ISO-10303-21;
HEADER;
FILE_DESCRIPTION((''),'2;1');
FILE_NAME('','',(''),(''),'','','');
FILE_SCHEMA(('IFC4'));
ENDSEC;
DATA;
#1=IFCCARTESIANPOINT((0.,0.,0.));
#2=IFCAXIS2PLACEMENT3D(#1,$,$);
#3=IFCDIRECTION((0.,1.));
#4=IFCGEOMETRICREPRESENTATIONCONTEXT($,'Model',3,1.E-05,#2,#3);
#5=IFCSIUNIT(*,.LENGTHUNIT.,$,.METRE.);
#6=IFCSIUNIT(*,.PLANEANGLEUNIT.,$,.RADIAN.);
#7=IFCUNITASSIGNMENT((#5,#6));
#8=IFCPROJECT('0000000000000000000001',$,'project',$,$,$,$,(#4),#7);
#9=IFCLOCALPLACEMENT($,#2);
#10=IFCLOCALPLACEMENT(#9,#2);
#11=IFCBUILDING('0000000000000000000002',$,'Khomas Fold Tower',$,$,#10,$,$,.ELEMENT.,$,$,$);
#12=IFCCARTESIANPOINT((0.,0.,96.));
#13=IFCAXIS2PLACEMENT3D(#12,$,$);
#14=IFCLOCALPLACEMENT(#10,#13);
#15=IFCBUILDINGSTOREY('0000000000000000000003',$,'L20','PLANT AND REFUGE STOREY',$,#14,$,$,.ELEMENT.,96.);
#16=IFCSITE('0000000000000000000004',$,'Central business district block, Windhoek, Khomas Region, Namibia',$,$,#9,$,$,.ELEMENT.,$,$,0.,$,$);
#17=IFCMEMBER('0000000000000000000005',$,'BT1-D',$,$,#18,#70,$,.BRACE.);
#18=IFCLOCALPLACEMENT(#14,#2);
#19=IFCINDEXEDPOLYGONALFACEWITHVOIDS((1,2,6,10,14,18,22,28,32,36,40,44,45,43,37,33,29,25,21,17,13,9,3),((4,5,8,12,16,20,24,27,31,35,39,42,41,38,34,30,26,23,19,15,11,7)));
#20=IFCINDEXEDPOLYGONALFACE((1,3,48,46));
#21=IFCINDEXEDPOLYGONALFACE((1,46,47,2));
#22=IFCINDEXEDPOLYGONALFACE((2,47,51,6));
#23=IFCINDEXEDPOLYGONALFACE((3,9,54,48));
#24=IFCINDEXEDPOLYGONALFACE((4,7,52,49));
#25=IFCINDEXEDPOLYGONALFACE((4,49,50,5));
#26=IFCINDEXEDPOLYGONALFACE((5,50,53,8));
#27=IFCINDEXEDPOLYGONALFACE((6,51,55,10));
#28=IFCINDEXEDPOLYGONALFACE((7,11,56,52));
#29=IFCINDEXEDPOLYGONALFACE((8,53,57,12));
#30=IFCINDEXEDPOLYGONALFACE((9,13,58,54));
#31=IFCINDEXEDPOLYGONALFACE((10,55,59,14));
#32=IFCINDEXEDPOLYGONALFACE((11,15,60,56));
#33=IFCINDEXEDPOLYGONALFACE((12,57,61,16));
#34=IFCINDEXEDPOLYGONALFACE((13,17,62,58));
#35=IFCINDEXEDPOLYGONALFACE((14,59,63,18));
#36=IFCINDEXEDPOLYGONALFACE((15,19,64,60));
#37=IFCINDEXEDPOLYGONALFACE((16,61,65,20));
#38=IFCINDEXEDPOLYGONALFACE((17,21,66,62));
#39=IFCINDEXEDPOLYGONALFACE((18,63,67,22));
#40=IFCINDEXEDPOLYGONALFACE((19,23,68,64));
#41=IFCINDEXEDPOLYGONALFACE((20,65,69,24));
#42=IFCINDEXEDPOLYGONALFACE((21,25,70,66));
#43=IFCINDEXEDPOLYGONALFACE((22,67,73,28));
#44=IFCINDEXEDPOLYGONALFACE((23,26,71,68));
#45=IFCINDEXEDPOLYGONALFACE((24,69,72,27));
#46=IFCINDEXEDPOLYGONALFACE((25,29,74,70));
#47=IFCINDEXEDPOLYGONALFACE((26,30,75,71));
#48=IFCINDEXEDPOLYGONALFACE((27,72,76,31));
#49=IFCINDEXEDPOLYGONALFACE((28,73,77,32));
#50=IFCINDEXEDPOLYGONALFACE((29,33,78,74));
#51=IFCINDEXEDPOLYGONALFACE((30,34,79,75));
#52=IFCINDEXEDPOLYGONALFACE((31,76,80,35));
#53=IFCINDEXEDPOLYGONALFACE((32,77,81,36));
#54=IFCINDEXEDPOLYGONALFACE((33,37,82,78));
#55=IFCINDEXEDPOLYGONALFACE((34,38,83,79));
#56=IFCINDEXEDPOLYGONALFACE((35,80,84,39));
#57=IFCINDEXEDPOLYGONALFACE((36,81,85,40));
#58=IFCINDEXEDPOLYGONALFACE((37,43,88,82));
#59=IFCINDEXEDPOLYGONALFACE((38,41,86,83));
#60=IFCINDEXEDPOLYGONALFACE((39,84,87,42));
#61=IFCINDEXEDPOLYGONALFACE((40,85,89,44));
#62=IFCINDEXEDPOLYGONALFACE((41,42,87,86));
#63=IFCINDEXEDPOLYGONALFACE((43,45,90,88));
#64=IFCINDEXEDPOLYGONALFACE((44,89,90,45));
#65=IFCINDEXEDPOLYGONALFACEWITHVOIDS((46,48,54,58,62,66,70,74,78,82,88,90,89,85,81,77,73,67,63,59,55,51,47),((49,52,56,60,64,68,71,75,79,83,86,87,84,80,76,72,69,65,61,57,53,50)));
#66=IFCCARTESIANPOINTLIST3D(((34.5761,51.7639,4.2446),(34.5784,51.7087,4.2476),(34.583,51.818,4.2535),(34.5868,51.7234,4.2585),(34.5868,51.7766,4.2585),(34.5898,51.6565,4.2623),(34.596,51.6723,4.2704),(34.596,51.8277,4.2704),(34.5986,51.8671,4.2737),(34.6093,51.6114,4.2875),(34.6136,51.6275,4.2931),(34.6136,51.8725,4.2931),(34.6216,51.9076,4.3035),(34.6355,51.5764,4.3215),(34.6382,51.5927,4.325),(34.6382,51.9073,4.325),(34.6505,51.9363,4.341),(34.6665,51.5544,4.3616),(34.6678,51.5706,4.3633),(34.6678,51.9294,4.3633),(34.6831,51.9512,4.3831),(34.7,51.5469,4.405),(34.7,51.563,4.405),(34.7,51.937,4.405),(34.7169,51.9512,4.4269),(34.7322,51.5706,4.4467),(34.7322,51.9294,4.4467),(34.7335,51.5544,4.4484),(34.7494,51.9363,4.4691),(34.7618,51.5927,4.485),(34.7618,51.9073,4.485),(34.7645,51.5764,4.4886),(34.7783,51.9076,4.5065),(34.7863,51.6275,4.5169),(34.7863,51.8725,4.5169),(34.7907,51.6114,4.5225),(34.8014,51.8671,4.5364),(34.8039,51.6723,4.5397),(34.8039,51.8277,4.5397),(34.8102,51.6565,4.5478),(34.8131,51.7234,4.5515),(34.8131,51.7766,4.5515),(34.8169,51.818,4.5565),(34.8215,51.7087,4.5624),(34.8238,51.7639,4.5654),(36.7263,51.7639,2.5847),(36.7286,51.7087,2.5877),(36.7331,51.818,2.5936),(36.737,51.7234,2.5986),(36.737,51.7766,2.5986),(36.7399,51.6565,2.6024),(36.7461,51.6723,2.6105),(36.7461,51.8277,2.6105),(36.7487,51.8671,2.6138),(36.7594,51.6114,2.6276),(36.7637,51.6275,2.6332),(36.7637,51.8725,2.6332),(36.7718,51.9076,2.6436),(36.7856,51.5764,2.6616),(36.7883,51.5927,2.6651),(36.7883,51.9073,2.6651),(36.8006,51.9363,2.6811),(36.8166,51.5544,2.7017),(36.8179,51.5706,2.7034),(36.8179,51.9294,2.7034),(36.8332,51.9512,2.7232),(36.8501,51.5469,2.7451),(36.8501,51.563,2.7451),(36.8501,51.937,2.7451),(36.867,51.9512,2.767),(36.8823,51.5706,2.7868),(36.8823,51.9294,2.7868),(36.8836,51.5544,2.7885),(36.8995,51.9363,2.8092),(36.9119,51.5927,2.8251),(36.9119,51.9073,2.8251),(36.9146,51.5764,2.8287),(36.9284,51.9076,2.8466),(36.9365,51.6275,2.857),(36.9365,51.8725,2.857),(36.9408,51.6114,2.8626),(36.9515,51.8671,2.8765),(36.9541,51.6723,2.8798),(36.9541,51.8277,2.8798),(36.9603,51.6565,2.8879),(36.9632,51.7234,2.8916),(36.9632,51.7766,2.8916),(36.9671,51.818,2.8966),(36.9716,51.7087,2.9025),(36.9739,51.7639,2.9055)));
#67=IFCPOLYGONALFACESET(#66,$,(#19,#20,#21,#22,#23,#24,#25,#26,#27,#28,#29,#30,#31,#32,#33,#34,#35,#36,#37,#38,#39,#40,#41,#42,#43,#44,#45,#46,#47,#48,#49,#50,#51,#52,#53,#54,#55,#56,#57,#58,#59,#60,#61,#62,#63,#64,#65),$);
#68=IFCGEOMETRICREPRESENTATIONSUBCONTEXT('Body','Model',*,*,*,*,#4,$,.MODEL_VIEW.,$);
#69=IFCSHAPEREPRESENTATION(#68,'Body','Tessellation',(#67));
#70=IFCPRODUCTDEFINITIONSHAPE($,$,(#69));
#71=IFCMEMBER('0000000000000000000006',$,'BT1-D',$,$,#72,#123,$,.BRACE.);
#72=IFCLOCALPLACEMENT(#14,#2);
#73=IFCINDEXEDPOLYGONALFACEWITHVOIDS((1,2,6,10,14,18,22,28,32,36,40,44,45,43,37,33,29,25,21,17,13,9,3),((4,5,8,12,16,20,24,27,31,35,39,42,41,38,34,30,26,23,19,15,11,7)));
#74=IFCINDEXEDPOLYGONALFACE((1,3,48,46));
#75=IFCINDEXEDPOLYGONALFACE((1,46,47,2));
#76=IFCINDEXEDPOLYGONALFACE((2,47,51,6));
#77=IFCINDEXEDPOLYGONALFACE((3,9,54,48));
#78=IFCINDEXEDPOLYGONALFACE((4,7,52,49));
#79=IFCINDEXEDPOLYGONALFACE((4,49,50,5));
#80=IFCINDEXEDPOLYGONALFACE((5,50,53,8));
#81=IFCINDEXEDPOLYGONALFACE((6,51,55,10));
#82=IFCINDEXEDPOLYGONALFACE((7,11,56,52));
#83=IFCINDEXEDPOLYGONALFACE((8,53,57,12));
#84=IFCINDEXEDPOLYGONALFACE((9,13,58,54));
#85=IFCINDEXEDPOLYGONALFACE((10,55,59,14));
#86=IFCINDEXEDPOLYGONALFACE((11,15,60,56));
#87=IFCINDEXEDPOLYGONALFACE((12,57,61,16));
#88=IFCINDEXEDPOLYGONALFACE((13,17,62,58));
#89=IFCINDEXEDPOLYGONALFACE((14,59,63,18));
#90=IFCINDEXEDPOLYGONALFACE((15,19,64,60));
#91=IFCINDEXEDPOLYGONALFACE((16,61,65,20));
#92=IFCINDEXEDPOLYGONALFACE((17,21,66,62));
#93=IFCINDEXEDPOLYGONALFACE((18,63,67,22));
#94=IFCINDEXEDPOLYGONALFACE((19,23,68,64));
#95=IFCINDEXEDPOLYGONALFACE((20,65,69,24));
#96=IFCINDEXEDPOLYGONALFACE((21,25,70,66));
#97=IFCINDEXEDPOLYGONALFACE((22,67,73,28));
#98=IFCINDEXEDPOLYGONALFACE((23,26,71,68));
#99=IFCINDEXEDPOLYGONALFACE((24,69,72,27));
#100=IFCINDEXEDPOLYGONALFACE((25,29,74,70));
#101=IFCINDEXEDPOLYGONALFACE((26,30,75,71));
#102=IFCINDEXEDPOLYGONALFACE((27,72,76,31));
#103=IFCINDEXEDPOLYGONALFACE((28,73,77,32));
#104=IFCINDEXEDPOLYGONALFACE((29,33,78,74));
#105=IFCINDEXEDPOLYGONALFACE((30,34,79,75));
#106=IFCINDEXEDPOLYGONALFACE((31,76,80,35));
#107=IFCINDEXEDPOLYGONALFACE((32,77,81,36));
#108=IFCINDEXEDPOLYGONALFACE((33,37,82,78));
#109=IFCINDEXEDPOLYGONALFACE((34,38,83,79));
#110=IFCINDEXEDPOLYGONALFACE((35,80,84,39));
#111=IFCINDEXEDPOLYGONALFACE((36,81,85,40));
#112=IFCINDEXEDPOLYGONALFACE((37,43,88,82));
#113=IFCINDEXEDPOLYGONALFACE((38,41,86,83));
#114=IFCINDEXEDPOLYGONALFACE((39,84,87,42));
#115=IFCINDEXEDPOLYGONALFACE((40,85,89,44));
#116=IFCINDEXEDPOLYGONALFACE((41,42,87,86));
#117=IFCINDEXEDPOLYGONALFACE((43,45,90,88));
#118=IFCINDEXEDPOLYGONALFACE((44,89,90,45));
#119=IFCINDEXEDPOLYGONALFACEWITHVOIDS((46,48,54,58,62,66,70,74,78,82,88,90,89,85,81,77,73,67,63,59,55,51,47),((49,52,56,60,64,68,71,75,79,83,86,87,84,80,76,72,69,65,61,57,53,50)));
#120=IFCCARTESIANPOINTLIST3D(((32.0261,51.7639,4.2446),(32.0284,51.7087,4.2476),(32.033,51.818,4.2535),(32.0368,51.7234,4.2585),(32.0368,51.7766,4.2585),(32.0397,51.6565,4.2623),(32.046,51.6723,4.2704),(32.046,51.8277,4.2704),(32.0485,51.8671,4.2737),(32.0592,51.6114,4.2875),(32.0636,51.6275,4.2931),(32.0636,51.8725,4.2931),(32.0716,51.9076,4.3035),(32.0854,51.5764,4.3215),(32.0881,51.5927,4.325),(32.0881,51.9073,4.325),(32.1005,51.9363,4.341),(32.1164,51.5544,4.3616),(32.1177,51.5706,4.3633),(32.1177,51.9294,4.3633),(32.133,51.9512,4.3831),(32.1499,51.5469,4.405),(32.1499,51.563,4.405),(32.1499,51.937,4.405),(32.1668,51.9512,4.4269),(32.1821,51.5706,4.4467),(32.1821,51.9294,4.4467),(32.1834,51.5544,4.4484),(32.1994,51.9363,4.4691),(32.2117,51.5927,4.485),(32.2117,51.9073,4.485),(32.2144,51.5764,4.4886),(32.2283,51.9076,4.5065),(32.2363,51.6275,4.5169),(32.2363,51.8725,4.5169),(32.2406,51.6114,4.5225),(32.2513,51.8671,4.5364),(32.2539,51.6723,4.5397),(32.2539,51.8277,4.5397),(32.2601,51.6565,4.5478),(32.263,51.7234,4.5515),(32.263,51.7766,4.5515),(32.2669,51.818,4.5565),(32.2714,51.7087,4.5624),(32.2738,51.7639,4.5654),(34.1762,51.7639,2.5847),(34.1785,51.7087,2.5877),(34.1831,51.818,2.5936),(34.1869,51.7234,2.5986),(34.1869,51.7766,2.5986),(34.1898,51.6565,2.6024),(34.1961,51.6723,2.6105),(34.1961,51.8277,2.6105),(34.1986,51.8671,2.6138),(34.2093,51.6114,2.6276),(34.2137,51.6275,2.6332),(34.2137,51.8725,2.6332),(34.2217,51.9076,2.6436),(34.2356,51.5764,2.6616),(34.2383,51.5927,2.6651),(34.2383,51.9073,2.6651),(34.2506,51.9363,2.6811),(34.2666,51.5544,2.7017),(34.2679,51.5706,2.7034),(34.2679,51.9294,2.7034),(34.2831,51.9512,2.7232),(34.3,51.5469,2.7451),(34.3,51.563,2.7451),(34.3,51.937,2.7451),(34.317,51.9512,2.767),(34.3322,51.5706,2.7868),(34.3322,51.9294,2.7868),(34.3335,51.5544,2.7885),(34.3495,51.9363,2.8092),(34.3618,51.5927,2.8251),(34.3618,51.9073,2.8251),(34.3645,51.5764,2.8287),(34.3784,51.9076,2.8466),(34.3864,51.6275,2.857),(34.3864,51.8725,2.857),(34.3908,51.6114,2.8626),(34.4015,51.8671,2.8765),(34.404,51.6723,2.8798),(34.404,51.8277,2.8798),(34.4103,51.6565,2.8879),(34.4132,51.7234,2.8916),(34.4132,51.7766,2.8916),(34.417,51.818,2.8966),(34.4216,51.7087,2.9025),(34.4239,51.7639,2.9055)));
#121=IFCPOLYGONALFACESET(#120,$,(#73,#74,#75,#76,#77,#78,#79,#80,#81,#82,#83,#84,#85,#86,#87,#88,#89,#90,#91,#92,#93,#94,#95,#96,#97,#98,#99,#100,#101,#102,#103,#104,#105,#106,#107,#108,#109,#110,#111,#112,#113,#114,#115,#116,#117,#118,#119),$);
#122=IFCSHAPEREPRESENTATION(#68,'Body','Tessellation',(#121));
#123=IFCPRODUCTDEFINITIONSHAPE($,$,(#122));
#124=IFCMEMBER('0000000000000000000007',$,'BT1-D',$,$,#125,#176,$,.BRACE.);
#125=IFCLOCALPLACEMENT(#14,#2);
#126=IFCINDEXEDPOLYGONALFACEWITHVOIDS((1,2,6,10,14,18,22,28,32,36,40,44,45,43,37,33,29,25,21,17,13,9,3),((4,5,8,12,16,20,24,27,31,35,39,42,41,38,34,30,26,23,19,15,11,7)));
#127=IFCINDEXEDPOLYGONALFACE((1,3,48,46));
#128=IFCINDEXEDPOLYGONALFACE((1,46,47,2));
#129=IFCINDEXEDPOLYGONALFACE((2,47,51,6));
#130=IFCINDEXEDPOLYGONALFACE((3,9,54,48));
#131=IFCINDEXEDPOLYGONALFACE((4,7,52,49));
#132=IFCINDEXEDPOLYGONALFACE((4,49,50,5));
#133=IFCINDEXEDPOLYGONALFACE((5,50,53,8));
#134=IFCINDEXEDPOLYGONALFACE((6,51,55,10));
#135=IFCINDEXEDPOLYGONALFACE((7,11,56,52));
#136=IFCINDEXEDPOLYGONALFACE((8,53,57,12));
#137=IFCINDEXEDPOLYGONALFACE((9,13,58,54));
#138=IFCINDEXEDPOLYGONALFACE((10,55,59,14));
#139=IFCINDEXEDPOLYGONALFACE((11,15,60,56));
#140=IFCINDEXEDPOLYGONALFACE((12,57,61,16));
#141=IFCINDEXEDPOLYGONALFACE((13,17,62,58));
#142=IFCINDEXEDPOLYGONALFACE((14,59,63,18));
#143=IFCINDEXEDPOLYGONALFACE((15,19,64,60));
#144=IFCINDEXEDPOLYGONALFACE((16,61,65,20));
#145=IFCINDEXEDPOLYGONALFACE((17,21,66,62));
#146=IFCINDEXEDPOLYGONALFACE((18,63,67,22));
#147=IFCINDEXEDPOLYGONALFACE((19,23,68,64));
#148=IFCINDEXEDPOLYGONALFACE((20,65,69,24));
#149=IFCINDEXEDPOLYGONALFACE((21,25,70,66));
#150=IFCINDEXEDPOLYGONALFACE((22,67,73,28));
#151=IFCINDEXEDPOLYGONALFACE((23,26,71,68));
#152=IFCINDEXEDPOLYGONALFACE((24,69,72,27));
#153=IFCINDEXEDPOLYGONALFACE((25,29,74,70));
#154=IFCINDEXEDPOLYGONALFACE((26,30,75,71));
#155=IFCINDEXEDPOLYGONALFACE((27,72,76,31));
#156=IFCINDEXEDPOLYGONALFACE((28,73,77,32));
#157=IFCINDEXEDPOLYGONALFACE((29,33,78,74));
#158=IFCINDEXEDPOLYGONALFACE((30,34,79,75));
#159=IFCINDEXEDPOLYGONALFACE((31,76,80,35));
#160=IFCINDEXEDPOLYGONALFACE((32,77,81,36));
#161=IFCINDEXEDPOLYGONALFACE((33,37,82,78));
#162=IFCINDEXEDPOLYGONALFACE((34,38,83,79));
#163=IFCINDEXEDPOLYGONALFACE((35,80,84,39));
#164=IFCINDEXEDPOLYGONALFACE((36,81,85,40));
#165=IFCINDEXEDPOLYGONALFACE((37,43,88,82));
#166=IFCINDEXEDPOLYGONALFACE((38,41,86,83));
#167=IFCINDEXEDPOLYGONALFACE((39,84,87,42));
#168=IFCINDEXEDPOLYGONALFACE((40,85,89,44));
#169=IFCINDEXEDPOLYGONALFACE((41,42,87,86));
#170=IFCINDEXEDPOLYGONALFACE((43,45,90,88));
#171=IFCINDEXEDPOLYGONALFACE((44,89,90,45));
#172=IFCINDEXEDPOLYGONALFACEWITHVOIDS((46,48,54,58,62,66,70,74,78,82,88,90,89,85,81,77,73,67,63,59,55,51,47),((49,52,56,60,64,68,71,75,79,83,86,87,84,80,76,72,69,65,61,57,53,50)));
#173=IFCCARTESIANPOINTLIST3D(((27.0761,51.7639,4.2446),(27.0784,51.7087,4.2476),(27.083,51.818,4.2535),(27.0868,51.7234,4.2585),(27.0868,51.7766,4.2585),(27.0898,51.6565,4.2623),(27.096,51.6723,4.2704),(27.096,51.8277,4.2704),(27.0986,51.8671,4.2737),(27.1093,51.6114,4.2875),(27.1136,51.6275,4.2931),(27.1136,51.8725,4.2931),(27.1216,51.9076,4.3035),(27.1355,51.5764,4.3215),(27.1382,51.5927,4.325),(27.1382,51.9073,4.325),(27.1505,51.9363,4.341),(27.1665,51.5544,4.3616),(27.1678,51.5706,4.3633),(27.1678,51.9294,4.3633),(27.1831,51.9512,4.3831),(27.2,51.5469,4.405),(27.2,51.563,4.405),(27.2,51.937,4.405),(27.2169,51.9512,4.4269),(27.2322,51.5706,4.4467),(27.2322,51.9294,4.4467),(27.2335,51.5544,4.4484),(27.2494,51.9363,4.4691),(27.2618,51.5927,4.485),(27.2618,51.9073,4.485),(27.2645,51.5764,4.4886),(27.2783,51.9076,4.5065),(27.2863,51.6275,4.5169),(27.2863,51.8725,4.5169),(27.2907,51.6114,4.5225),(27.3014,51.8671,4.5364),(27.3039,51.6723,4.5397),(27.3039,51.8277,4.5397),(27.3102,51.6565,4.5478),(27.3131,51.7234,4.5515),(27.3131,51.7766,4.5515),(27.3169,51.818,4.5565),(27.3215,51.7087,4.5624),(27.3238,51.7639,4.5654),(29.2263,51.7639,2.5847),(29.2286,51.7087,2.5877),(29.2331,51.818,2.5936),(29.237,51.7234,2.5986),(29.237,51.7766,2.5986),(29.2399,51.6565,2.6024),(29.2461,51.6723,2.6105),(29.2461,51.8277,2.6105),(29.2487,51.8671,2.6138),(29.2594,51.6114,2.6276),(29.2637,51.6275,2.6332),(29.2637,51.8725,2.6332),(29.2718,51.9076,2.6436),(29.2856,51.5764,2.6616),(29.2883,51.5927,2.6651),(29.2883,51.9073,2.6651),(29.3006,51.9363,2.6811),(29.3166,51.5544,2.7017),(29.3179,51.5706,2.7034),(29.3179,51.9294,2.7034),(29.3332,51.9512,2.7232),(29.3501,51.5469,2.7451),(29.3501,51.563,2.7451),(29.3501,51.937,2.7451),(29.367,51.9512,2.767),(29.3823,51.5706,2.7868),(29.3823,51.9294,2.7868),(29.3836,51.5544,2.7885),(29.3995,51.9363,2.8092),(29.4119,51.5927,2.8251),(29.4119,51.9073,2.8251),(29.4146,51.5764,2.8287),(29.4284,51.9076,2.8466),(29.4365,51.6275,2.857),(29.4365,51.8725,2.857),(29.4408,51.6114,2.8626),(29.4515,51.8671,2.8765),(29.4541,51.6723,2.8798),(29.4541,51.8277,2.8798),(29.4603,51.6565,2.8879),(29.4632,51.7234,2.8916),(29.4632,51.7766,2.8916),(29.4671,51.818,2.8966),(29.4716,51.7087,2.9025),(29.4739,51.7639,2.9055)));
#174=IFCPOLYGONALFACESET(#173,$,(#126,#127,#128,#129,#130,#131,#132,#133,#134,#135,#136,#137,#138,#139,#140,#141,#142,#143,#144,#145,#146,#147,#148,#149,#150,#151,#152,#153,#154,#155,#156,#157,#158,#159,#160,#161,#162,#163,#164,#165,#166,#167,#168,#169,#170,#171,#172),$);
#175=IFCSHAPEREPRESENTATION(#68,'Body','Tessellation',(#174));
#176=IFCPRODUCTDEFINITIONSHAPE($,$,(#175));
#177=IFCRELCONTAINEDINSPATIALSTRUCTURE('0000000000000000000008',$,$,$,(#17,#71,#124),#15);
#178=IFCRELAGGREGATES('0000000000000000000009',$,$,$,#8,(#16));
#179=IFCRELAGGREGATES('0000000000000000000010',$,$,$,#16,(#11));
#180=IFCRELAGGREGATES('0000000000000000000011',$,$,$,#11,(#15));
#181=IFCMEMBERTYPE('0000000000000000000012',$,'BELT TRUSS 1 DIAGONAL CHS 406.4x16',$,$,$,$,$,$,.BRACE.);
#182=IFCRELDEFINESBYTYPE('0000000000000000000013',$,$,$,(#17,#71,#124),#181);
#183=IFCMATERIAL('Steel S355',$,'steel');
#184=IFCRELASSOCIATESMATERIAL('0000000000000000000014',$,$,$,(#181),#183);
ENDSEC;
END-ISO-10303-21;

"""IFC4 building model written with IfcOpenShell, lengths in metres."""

from ifc_helpers import new_model, si_unit, direction, frame, origin, origin_2d, place, context, subcontext, project, spatial, hollow_circle, extrude, source, transform, mapped, material, material_profile, profile_set, type_object, element, save


model = new_model("IFC4")

# Units and contexts
model_context = context("Model", 3, precision=1e-05, world=origin(), true_north=direction((0.0, 1.0)))
body_context = subcontext(model_context, "Body", "Model", "MODEL_VIEW")
ifc_project = project(units=[si_unit("LENGTHUNIT", "METRE"), si_unit("PLANEANGLEUNIT", "RADIAN")], contexts=[model_context])

# Site, building, storey
site_placement = place(None, origin())
site = spatial("IfcSite", under=ifc_project, at=site_placement, Name="Central business district block, Windhoek, Khomas Region, Namibia", CompositionType="ELEMENT", RefElevation=0.0)
building_placement = place(site_placement, origin())
building = spatial("IfcBuilding", under=site, at=building_placement, Name="Khomas Fold Tower", CompositionType="ELEMENT")
storey_placement = place(building_placement, frame((0.0, 0.0, 96.0)))
storey = spatial("IfcBuildingStorey", under=building, at=storey_placement, Name="L20", Description="PLANT AND REFUGE STOREY", CompositionType="ELEMENT", Elevation=96.0)

# Members
ifc_material_1 = material(Name="Steel S355", Category="steel")
ifc_material_profile_1 = material_profile(ifc_material_1, hollow_circle(Radius=0.2031, WallThickness=0.0161, at=origin_2d()), Name="CHS 406.4x16")
ifc_profile_set_1 = profile_set([ifc_material_profile_1], Name="Steel S355")
member_type_1 = type_object("IfcMemberType", Name="BELT TRUSS 1 DIAGONAL CHS 406.4x16", PredefinedType="BRACE", material=ifc_profile_set_1)
shared_shape_1 = source(origin(), body_context, "Body", "SweptSolid", [
    extrude(hollow_circle(Radius=0.2031, WallThickness=0.0161, at=origin_2d()), origin(), (0.0, 0.0, 1.0), 2.7163),
])
for number, where, z_axis, x_axis, name in (
    (1, (36.8501, 51.75, 2.7451), (-0.791564, 0.0, 0.611087), (0.0, -1.0, 0.0), "BT1-D"),
    (2, (34.3, 51.75, 2.7451), (-0.791564, 0.0, 0.611087), (0.0, -1.0, 0.0), "BT1-D"),
    (3, (29.3501, 51.75, 2.7451), (-0.791564, 0.0, 0.611087), (0.0, -1.0, 0.0), "BT1-D"),
):
    element("IfcMember", number, at=place(storey_placement, frame(where, z_axis=z_axis, x_axis=x_axis)), inside=storey, type_object=member_type_1, Name=name, PredefinedType="BRACE", context=body_context, shape_type="MappedRepresentation", body=[
        mapped(shared_shape_1, transform((0.0, 0.0, 0.0))),
    ])

save(model, "model.ifc")
